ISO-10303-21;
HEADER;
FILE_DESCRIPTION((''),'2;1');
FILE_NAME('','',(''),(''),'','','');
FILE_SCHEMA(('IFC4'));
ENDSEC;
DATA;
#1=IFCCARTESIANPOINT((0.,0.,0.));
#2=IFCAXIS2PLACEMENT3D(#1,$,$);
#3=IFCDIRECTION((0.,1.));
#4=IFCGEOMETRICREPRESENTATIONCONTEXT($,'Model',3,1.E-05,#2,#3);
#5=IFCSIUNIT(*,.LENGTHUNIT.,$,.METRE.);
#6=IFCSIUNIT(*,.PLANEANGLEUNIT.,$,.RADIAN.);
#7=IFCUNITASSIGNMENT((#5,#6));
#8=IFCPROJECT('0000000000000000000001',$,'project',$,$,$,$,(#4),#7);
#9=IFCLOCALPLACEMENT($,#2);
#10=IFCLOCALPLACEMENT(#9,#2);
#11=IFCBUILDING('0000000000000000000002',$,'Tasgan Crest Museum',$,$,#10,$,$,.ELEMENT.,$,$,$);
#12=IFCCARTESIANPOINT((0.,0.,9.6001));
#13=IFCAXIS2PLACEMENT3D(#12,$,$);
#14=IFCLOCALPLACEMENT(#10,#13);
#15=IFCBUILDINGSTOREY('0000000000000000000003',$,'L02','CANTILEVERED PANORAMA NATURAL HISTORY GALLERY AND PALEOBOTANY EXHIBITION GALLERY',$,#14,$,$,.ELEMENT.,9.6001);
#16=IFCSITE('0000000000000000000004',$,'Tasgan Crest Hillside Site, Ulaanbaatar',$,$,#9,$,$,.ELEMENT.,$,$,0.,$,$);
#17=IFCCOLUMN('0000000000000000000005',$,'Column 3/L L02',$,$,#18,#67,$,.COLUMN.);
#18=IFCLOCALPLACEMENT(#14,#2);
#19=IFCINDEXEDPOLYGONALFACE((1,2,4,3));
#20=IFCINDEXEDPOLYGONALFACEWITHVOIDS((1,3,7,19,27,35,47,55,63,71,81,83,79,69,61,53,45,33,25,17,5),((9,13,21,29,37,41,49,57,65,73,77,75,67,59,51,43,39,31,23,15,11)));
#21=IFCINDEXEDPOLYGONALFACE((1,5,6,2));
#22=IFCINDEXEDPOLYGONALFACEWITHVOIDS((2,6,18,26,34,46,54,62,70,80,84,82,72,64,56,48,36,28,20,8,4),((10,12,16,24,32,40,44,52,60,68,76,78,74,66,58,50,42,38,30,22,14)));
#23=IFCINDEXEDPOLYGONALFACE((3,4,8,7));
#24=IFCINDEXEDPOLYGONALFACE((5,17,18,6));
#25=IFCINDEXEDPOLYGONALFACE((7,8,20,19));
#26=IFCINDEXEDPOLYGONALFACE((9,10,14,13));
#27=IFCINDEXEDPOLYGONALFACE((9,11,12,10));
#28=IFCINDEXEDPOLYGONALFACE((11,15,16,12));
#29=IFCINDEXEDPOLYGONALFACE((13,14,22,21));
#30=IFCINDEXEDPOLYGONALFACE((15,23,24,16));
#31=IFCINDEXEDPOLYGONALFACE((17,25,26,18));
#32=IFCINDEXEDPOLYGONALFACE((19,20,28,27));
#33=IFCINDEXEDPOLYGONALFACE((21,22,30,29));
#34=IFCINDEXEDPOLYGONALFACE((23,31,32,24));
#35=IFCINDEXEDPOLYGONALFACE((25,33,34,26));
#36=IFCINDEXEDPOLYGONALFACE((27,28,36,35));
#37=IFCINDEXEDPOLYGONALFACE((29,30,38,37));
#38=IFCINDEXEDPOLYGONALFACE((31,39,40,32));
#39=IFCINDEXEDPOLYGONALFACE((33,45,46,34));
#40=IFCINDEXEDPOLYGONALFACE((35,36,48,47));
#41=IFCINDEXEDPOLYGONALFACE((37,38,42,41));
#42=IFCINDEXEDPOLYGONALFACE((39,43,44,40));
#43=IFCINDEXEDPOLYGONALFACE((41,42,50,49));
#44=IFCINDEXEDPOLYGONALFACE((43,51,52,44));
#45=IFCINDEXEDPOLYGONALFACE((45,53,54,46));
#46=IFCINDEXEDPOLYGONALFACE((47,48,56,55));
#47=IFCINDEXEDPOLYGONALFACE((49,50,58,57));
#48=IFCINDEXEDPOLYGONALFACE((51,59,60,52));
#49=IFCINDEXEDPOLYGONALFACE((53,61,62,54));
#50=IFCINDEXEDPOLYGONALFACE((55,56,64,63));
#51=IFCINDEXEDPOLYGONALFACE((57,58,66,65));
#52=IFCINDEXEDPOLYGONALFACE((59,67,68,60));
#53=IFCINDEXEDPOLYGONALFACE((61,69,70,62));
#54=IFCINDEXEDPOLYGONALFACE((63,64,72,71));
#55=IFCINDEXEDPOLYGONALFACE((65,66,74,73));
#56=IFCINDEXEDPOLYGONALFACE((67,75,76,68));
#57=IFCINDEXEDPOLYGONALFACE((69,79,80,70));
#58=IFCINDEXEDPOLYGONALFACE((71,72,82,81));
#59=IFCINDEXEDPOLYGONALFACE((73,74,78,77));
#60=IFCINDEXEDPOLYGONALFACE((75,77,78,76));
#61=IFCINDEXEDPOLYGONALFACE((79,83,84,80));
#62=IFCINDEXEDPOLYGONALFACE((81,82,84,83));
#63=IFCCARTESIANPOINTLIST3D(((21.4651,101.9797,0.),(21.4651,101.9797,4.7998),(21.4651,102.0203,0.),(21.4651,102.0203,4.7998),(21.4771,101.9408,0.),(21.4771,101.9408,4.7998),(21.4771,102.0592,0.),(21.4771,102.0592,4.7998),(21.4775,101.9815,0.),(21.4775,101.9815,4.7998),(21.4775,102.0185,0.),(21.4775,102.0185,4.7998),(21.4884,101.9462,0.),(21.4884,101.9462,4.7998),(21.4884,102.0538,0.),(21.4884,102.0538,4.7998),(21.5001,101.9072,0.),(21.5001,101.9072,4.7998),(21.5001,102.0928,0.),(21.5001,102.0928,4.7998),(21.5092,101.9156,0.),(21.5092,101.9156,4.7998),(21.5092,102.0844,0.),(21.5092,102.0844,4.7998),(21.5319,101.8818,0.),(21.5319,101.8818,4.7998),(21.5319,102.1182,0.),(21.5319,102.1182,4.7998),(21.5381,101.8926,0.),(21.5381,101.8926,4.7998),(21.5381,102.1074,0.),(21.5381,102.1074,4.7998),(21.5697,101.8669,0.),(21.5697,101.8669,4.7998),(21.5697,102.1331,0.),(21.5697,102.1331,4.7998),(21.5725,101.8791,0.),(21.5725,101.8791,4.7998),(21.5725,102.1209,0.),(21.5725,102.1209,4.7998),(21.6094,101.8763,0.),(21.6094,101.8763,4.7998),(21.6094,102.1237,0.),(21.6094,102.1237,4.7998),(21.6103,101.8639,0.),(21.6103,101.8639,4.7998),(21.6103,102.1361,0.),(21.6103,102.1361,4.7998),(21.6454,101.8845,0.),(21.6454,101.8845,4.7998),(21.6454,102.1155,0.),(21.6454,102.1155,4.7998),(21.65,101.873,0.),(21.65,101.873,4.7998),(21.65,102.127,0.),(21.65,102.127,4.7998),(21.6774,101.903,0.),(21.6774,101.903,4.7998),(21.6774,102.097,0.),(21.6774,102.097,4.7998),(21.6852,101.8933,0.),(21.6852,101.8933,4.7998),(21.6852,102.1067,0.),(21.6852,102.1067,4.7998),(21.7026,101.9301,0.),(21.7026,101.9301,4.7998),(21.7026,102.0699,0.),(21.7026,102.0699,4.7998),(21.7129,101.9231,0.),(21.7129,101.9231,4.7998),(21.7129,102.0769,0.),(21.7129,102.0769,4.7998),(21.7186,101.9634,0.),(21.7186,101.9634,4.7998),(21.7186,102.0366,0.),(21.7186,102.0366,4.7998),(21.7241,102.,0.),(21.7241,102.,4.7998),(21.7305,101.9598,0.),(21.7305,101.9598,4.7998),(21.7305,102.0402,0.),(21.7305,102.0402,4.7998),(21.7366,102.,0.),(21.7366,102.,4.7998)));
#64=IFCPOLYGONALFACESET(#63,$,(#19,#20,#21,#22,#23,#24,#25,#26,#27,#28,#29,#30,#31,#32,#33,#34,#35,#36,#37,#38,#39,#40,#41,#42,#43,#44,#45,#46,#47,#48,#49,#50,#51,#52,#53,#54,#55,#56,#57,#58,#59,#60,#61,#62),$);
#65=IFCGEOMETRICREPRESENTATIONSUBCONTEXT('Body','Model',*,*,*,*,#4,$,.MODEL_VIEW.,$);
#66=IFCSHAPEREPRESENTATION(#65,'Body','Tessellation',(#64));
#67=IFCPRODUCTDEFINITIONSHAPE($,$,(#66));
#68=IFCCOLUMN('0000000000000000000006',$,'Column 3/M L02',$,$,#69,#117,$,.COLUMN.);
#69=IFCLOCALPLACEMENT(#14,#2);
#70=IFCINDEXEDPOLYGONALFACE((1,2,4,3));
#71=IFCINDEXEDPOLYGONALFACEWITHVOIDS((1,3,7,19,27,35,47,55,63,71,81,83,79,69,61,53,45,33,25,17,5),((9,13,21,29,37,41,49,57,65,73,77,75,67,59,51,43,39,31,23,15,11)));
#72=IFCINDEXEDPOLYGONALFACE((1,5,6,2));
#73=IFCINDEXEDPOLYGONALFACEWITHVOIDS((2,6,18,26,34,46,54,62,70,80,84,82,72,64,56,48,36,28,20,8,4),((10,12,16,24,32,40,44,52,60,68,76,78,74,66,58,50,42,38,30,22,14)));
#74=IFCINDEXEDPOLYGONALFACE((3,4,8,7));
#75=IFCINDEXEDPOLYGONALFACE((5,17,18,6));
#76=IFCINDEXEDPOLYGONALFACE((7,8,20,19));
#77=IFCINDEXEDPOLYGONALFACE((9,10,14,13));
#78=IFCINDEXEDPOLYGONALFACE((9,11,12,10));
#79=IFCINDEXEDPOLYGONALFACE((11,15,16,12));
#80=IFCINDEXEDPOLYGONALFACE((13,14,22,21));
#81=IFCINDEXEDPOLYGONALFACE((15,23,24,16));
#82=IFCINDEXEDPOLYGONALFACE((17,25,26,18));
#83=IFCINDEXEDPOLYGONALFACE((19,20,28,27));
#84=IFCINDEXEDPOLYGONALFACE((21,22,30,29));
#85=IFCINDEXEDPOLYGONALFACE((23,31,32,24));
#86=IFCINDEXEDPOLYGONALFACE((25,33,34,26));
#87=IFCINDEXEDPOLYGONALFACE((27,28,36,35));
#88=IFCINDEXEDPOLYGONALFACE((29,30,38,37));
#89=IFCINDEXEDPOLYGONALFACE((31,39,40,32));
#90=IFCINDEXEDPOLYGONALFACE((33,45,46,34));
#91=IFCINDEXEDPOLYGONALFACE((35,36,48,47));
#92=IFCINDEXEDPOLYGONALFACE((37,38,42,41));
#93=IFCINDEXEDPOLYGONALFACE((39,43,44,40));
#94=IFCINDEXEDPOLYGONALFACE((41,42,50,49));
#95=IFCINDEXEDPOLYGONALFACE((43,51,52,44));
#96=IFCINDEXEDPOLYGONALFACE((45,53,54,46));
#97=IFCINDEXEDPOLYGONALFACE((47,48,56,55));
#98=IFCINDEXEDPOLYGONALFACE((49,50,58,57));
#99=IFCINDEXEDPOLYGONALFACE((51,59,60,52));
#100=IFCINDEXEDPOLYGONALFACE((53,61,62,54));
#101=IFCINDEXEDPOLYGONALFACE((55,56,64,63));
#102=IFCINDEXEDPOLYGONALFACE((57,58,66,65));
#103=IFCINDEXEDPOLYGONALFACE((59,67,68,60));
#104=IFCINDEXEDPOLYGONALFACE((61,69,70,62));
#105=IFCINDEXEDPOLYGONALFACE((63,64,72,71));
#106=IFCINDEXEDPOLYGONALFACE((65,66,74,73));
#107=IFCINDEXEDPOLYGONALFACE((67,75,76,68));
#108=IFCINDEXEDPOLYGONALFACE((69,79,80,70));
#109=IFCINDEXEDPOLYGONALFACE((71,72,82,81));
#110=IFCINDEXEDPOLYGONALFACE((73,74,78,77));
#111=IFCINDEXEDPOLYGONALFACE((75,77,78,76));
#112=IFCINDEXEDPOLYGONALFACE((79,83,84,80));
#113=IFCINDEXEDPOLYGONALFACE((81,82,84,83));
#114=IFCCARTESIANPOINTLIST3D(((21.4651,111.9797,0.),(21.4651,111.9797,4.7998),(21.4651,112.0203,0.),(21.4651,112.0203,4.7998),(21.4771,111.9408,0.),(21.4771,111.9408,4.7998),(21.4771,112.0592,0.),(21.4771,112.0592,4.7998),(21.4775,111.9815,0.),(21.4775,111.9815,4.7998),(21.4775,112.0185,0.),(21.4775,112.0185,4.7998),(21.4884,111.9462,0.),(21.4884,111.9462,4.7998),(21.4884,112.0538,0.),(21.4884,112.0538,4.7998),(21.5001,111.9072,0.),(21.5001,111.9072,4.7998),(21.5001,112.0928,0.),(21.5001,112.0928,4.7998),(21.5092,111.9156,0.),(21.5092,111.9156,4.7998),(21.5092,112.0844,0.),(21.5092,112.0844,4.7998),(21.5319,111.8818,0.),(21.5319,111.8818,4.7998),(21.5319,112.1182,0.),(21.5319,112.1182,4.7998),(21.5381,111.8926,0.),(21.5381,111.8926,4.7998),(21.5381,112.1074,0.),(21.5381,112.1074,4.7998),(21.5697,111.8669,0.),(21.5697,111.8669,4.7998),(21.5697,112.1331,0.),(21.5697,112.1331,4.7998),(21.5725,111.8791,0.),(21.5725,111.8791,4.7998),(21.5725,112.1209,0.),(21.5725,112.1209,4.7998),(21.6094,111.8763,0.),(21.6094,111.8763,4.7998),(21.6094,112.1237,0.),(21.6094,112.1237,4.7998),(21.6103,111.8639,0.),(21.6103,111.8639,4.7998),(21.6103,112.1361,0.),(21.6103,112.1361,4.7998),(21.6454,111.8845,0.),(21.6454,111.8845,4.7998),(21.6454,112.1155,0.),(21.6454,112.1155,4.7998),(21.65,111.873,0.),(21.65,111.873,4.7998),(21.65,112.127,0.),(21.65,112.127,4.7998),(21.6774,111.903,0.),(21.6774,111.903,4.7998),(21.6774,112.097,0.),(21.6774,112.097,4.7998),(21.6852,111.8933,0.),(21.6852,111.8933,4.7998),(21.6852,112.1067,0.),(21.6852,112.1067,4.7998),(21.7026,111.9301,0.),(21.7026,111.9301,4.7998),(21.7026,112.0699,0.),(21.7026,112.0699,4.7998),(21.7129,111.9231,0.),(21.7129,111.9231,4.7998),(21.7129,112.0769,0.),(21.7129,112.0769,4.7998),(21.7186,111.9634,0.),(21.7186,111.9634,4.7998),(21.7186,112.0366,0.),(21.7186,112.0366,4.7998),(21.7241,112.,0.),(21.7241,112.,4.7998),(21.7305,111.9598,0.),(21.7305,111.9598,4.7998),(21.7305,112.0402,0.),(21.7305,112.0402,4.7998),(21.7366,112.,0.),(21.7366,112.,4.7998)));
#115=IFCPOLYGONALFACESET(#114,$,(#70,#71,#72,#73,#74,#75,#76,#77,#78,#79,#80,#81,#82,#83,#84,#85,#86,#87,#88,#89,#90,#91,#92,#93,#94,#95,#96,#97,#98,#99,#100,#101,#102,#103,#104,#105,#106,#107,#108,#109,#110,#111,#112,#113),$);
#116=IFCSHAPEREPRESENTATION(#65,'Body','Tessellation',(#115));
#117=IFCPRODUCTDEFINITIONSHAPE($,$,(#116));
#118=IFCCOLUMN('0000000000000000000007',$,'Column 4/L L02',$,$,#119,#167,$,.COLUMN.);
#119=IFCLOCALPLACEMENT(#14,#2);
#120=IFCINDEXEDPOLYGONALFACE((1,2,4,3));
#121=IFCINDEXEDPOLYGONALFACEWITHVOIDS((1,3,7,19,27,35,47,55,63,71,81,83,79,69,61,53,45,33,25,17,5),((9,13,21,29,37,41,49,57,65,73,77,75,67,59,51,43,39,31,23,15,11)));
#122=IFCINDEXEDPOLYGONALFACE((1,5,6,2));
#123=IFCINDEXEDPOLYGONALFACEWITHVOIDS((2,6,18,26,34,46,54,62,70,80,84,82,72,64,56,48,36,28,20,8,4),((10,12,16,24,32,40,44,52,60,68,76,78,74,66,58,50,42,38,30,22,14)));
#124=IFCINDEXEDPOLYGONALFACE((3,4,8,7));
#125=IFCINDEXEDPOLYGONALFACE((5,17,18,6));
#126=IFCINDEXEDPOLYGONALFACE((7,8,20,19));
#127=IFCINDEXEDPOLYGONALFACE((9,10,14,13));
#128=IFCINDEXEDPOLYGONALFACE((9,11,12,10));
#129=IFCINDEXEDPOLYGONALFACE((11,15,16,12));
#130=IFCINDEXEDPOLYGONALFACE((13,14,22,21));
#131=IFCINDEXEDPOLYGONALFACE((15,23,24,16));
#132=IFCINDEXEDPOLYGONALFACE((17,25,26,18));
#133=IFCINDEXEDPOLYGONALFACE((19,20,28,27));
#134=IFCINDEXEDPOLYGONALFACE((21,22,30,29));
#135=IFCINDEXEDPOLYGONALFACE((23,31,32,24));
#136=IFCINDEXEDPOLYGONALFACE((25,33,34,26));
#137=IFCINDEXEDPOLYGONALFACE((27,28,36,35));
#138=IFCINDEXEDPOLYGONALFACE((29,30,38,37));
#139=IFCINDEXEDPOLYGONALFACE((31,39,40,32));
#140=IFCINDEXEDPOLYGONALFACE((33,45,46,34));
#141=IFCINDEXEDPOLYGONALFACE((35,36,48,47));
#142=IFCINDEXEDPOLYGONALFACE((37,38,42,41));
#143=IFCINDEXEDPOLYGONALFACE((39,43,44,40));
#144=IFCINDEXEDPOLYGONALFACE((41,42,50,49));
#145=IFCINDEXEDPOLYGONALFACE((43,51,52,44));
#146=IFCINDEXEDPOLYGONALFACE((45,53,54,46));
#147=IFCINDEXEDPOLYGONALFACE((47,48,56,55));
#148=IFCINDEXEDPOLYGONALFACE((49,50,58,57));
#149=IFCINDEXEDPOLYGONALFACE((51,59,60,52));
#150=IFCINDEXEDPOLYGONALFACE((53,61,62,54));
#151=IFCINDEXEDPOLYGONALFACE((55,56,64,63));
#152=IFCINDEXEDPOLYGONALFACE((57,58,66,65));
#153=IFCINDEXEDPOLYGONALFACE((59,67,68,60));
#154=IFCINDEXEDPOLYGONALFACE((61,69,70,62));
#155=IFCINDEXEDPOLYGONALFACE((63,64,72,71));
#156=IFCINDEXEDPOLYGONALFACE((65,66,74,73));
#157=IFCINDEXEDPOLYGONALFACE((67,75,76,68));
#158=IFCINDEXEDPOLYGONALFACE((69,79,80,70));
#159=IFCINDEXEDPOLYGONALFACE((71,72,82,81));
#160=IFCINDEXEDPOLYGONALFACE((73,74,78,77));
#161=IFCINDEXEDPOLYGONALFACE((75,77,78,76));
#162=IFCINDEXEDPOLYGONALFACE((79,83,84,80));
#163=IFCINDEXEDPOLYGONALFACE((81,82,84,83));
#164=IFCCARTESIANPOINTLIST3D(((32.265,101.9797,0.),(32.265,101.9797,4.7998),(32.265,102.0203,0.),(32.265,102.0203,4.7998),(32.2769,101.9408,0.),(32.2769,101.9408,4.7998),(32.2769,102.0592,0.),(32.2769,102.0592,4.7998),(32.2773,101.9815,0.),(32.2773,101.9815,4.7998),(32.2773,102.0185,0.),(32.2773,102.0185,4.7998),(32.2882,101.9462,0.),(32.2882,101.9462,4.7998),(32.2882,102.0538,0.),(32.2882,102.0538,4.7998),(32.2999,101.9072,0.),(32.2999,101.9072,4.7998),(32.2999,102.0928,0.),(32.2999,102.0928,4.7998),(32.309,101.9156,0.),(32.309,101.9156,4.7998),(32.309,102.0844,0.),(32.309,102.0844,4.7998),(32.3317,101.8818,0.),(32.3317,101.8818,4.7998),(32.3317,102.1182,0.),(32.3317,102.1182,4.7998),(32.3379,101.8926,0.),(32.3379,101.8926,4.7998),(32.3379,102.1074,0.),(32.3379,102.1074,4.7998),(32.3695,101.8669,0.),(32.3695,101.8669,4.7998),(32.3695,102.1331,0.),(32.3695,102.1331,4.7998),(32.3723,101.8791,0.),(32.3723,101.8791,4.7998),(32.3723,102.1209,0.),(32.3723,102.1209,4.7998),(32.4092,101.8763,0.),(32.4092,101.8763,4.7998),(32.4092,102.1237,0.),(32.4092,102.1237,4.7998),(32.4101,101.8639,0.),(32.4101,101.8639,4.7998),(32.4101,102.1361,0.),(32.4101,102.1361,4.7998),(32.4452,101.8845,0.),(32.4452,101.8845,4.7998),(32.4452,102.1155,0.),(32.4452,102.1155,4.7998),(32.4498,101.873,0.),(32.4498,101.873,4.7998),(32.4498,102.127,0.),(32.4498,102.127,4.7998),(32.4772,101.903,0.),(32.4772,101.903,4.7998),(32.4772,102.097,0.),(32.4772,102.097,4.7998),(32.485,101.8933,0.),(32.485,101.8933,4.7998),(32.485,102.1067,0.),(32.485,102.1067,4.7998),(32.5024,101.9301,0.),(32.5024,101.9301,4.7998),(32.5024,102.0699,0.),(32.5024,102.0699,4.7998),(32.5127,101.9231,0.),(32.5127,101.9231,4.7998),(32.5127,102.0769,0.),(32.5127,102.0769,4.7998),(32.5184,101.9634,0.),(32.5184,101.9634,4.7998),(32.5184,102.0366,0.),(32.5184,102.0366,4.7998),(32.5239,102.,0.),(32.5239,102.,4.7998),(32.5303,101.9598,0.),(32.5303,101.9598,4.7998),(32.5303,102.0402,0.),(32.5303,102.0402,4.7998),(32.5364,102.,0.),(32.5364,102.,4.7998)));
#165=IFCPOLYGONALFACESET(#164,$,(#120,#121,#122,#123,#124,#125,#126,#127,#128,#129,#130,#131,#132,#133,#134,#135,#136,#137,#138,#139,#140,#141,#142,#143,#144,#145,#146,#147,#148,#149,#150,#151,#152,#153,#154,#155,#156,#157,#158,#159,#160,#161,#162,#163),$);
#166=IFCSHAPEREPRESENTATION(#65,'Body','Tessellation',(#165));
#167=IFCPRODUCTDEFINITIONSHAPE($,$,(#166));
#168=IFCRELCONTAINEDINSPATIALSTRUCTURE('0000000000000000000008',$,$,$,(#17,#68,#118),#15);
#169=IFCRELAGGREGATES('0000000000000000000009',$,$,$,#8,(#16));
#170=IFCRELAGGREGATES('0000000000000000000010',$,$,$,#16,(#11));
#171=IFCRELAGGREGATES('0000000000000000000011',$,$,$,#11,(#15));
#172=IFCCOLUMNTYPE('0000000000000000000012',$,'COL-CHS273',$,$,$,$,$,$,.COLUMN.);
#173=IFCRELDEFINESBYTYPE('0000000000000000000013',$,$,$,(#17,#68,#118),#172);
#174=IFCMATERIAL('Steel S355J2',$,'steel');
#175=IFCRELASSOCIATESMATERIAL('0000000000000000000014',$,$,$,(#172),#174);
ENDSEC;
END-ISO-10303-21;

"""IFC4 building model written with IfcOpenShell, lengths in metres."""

from ifc_helpers import new_model, si_unit, direction, frame, origin, origin_2d, place, context, subcontext, project, spatial, hollow_circle, extrude, material, material_profile, profile_set, type_object, element, save


model = new_model("IFC4")

# Units and contexts
model_context = context("Model", 3, precision=1e-05, world=origin(), true_north=direction((0.0, 1.0)))
body_context = subcontext(model_context, "Body", "Model", "MODEL_VIEW")
ifc_project = project(units=[si_unit("LENGTHUNIT", "METRE"), si_unit("PLANEANGLEUNIT", "RADIAN")], contexts=[model_context])

# Site, building, storey
site_placement = place(None, origin())
site = spatial("IfcSite", under=ifc_project, at=site_placement, Name="Tasgan Crest Hillside Site, Ulaanbaatar", CompositionType="ELEMENT", RefElevation=0.0)
building_placement = place(site_placement, origin())
building = spatial("IfcBuilding", under=site, at=building_placement, Name="Tasgan Crest Museum", CompositionType="ELEMENT")
storey_placement = place(building_placement, frame((0.0, 0.0, 9.6001)))
storey = spatial("IfcBuildingStorey", under=building, at=storey_placement, Name="L02", Description="CANTILEVERED PANORAMA NATURAL HISTORY GALLERY AND PALEOBOTANY EXHIBITION GALLERY", CompositionType="ELEMENT", Elevation=9.6001)

# Columns
ifc_material_1 = material(Name="Steel S355J2", Category="steel")
ifc_material_profile_1 = material_profile(ifc_material_1, hollow_circle(Radius=0.1365, WallThickness=0.0125, at=origin_2d()), Name="CHS 273x12.5")
ifc_profile_set_1 = profile_set([ifc_material_profile_1], Name="Steel S355J2")
column_type = type_object("IfcColumnType", Name="COL-CHS273", PredefinedType="COLUMN", material=ifc_profile_set_1)
for number, where, z_axis, x_axis, name in (
    (1, (21.6001, 102.0, 0.0), (0.0, 0.0, 1.0), (1.0, 0.0, 0.0), "Column 3/L L02"),
    (2, (21.6001, 112.0, 0.0), (0.0, 0.0, 1.0), (1.0, 0.0, 0.0), "Column 3/M L02"),
    (3, (32.3999, 102.0, 0.0), (0.0, 0.0, 1.0), (1.0, 0.0, 0.0), "Column 4/L L02"),
):
    element("IfcColumn", number, at=place(storey_placement, frame(where, z_axis=z_axis, x_axis=x_axis)), inside=storey, type_object=column_type, Name=name, PredefinedType="COLUMN", context=body_context, shape_type="SweptSolid", body=[
        extrude(hollow_circle(Radius=0.1365, WallThickness=0.0125, at=origin_2d()), origin(), (0.0, 0.0, 1.0), 4.7998),
    ])

save(model, "model.ifc")
